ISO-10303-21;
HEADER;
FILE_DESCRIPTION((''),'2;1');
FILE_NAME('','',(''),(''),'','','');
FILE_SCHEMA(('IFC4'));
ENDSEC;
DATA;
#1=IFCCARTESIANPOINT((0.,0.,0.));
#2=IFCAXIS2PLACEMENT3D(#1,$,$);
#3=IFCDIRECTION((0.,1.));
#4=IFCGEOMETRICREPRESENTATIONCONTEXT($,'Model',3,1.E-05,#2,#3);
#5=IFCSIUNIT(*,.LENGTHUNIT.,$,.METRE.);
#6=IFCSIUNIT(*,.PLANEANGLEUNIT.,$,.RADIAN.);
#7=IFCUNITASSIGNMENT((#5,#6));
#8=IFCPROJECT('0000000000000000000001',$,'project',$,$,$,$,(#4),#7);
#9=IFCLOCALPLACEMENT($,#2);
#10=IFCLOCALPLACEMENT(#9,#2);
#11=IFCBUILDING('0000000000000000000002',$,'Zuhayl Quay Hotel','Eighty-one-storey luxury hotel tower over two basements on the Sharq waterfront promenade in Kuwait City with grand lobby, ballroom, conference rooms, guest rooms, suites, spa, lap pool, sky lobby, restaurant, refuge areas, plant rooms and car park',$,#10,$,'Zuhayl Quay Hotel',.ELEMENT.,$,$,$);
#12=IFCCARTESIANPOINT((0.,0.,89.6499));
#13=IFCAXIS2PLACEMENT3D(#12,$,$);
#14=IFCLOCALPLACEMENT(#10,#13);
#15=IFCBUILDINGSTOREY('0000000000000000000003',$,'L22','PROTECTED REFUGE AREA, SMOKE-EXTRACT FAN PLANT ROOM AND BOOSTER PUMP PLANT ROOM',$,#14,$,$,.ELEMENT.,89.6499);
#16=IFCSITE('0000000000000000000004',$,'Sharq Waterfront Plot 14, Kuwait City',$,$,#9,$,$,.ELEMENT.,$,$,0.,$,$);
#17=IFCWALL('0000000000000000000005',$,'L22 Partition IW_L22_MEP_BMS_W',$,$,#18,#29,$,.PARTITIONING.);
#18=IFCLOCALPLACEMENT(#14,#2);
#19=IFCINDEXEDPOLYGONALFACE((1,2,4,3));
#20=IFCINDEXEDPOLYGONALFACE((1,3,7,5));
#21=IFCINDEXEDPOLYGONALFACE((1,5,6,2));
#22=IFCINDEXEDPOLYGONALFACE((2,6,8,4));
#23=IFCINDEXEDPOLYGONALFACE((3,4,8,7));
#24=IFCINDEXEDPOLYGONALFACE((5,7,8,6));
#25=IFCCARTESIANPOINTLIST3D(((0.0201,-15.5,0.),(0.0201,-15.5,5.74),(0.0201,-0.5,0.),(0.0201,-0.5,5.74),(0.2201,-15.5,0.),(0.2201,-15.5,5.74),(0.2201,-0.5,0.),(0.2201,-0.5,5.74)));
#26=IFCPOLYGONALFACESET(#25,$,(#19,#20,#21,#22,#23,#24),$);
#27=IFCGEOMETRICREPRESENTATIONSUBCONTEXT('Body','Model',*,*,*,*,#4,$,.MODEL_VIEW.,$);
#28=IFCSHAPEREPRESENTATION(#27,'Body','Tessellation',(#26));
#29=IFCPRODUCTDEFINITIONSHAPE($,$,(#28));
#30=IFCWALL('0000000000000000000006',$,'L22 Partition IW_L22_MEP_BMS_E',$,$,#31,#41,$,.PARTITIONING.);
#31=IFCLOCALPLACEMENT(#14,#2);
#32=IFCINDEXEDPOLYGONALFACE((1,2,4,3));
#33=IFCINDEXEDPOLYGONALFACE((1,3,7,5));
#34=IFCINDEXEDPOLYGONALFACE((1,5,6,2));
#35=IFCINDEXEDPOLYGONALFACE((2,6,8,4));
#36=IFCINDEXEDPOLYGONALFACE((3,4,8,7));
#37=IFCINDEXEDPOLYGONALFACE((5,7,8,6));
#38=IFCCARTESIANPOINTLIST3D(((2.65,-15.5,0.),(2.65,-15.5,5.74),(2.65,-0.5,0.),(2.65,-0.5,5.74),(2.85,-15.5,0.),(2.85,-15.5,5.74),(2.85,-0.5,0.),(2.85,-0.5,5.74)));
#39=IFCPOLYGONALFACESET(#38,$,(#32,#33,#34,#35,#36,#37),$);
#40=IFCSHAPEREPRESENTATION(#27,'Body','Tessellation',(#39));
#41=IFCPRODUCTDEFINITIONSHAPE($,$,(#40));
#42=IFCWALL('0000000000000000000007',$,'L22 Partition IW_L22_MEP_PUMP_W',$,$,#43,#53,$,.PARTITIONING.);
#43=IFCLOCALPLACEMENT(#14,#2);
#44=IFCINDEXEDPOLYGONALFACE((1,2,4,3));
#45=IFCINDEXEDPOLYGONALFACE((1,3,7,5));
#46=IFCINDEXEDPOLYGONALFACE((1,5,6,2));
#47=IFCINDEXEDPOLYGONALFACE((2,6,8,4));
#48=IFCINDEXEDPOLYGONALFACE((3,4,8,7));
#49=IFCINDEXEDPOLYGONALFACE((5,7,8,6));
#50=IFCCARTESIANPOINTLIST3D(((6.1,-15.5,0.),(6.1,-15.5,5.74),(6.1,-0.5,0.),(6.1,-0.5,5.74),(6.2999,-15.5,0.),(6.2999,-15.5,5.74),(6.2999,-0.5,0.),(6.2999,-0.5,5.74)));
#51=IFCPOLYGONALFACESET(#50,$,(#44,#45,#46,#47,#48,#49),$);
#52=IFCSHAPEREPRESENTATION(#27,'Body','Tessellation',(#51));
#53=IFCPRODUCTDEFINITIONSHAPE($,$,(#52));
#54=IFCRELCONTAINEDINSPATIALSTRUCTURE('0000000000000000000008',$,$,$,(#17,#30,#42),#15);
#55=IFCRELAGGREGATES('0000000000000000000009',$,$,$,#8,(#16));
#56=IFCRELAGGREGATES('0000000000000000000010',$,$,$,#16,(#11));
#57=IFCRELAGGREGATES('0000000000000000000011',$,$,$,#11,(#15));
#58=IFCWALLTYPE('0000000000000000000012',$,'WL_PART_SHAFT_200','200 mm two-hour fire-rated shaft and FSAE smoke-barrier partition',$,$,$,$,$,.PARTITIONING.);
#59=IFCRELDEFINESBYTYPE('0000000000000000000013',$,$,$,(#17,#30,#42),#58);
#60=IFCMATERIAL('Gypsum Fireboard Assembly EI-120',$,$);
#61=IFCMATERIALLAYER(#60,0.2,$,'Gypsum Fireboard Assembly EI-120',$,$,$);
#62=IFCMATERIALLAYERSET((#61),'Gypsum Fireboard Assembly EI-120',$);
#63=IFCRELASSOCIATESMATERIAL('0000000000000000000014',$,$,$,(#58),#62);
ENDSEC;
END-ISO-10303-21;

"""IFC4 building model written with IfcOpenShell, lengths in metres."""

from ifc_helpers import new_model, si_unit, direction, frame, frame_2d, origin, place, context, subcontext, project, spatial, rectangle, extrude, material, layer, layer_set, type_object, element, save


model = new_model("IFC4")

# Units and contexts
model_context = context("Model", 3, precision=1e-05, world=origin(), true_north=direction((0.0, 1.0)))
body_context = subcontext(model_context, "Body", "Model", "MODEL_VIEW")
ifc_project = project(units=[si_unit("LENGTHUNIT", "METRE"), si_unit("PLANEANGLEUNIT", "RADIAN")], contexts=[model_context])

# Site, building, storey
site_placement = place(None, origin())
site = spatial("IfcSite", under=ifc_project, at=site_placement, Name="Sharq Waterfront Plot 14, Kuwait City", CompositionType="ELEMENT", RefElevation=0.0)
building_placement = place(site_placement, origin())
building = spatial("IfcBuilding", under=site, at=building_placement, Name="Zuhayl Quay Hotel", Description="Eighty-one-storey luxury hotel tower over two basements on the Sharq waterfront promenade in Kuwait City with grand lobby, ballroom, conference rooms, guest rooms, suites, spa, lap pool, sky lobby, restaurant, refuge areas, plant rooms and car park", LongName="Zuhayl Quay Hotel", CompositionType="ELEMENT")
storey_placement = place(building_placement, frame((0.0, 0.0, 89.6499)))
storey = spatial("IfcBuildingStorey", under=building, at=storey_placement, Name="L22", Description="PROTECTED REFUGE AREA, SMOKE-EXTRACT FAN PLANT ROOM AND BOOSTER PUMP PLANT ROOM", CompositionType="ELEMENT", Elevation=89.6499)

# Walls
ifc_material_1 = material(Name="Gypsum Fireboard Assembly EI-120")
ifc_layer_1 = layer(ifc_material_1, 0.2, Name="Gypsum Fireboard Assembly EI-120")
ifc_layer_set_1 = layer_set([ifc_layer_1], Name="Gypsum Fireboard Assembly EI-120")
wall_type = type_object("IfcWallType", Name="WL_PART_SHAFT_200", Description="200 mm two-hour fire-rated shaft and FSAE smoke-barrier partition", PredefinedType="PARTITIONING", material=ifc_layer_set_1)
for number, where, z_axis, x_axis, name in (
    (1, (0.1201, -15.5, 0.0), (0.0, 0.0, 1.0), (0.0, 1.0, 0.0), "L22 Partition IW_L22_MEP_BMS_W"),
    (2, (2.75, -15.5, 0.0), (0.0, 0.0, 1.0), (0.0, 1.0, 0.0), "L22 Partition IW_L22_MEP_BMS_E"),
):
    element("IfcWall", number, at=place(storey_placement, frame(where, z_axis=z_axis, x_axis=x_axis)), inside=storey, type_object=wall_type, Name=name, PredefinedType="PARTITIONING", context=body_context, shape_type="SweptSolid", body=[
        extrude(rectangle(XDim=15.0, YDim=0.2, at=frame_2d((7.5, 0.0))), origin(), (0.0, 0.0, 1.0), 5.74),
    ])
wall_1_placement = place(storey_placement, frame((6.2, -15.5, 0.0), z_axis=(0.0, 0.0, 1.0), x_axis=(0.0, 1.0, 0.0)))
element("IfcWall", 3, at=wall_1_placement, inside=storey, type_object=wall_type, Name="L22 Partition IW_L22_MEP_PUMP_W", PredefinedType="PARTITIONING", context=body_context, shape_type="SweptSolid", body=[
    extrude(rectangle(XDim=15.0, YDim=0.2, at=frame_2d((7.5, 0.0))), origin(), (0.0, 0.0, 1.0), 5.74),
])

save(model, "model.ifc")
